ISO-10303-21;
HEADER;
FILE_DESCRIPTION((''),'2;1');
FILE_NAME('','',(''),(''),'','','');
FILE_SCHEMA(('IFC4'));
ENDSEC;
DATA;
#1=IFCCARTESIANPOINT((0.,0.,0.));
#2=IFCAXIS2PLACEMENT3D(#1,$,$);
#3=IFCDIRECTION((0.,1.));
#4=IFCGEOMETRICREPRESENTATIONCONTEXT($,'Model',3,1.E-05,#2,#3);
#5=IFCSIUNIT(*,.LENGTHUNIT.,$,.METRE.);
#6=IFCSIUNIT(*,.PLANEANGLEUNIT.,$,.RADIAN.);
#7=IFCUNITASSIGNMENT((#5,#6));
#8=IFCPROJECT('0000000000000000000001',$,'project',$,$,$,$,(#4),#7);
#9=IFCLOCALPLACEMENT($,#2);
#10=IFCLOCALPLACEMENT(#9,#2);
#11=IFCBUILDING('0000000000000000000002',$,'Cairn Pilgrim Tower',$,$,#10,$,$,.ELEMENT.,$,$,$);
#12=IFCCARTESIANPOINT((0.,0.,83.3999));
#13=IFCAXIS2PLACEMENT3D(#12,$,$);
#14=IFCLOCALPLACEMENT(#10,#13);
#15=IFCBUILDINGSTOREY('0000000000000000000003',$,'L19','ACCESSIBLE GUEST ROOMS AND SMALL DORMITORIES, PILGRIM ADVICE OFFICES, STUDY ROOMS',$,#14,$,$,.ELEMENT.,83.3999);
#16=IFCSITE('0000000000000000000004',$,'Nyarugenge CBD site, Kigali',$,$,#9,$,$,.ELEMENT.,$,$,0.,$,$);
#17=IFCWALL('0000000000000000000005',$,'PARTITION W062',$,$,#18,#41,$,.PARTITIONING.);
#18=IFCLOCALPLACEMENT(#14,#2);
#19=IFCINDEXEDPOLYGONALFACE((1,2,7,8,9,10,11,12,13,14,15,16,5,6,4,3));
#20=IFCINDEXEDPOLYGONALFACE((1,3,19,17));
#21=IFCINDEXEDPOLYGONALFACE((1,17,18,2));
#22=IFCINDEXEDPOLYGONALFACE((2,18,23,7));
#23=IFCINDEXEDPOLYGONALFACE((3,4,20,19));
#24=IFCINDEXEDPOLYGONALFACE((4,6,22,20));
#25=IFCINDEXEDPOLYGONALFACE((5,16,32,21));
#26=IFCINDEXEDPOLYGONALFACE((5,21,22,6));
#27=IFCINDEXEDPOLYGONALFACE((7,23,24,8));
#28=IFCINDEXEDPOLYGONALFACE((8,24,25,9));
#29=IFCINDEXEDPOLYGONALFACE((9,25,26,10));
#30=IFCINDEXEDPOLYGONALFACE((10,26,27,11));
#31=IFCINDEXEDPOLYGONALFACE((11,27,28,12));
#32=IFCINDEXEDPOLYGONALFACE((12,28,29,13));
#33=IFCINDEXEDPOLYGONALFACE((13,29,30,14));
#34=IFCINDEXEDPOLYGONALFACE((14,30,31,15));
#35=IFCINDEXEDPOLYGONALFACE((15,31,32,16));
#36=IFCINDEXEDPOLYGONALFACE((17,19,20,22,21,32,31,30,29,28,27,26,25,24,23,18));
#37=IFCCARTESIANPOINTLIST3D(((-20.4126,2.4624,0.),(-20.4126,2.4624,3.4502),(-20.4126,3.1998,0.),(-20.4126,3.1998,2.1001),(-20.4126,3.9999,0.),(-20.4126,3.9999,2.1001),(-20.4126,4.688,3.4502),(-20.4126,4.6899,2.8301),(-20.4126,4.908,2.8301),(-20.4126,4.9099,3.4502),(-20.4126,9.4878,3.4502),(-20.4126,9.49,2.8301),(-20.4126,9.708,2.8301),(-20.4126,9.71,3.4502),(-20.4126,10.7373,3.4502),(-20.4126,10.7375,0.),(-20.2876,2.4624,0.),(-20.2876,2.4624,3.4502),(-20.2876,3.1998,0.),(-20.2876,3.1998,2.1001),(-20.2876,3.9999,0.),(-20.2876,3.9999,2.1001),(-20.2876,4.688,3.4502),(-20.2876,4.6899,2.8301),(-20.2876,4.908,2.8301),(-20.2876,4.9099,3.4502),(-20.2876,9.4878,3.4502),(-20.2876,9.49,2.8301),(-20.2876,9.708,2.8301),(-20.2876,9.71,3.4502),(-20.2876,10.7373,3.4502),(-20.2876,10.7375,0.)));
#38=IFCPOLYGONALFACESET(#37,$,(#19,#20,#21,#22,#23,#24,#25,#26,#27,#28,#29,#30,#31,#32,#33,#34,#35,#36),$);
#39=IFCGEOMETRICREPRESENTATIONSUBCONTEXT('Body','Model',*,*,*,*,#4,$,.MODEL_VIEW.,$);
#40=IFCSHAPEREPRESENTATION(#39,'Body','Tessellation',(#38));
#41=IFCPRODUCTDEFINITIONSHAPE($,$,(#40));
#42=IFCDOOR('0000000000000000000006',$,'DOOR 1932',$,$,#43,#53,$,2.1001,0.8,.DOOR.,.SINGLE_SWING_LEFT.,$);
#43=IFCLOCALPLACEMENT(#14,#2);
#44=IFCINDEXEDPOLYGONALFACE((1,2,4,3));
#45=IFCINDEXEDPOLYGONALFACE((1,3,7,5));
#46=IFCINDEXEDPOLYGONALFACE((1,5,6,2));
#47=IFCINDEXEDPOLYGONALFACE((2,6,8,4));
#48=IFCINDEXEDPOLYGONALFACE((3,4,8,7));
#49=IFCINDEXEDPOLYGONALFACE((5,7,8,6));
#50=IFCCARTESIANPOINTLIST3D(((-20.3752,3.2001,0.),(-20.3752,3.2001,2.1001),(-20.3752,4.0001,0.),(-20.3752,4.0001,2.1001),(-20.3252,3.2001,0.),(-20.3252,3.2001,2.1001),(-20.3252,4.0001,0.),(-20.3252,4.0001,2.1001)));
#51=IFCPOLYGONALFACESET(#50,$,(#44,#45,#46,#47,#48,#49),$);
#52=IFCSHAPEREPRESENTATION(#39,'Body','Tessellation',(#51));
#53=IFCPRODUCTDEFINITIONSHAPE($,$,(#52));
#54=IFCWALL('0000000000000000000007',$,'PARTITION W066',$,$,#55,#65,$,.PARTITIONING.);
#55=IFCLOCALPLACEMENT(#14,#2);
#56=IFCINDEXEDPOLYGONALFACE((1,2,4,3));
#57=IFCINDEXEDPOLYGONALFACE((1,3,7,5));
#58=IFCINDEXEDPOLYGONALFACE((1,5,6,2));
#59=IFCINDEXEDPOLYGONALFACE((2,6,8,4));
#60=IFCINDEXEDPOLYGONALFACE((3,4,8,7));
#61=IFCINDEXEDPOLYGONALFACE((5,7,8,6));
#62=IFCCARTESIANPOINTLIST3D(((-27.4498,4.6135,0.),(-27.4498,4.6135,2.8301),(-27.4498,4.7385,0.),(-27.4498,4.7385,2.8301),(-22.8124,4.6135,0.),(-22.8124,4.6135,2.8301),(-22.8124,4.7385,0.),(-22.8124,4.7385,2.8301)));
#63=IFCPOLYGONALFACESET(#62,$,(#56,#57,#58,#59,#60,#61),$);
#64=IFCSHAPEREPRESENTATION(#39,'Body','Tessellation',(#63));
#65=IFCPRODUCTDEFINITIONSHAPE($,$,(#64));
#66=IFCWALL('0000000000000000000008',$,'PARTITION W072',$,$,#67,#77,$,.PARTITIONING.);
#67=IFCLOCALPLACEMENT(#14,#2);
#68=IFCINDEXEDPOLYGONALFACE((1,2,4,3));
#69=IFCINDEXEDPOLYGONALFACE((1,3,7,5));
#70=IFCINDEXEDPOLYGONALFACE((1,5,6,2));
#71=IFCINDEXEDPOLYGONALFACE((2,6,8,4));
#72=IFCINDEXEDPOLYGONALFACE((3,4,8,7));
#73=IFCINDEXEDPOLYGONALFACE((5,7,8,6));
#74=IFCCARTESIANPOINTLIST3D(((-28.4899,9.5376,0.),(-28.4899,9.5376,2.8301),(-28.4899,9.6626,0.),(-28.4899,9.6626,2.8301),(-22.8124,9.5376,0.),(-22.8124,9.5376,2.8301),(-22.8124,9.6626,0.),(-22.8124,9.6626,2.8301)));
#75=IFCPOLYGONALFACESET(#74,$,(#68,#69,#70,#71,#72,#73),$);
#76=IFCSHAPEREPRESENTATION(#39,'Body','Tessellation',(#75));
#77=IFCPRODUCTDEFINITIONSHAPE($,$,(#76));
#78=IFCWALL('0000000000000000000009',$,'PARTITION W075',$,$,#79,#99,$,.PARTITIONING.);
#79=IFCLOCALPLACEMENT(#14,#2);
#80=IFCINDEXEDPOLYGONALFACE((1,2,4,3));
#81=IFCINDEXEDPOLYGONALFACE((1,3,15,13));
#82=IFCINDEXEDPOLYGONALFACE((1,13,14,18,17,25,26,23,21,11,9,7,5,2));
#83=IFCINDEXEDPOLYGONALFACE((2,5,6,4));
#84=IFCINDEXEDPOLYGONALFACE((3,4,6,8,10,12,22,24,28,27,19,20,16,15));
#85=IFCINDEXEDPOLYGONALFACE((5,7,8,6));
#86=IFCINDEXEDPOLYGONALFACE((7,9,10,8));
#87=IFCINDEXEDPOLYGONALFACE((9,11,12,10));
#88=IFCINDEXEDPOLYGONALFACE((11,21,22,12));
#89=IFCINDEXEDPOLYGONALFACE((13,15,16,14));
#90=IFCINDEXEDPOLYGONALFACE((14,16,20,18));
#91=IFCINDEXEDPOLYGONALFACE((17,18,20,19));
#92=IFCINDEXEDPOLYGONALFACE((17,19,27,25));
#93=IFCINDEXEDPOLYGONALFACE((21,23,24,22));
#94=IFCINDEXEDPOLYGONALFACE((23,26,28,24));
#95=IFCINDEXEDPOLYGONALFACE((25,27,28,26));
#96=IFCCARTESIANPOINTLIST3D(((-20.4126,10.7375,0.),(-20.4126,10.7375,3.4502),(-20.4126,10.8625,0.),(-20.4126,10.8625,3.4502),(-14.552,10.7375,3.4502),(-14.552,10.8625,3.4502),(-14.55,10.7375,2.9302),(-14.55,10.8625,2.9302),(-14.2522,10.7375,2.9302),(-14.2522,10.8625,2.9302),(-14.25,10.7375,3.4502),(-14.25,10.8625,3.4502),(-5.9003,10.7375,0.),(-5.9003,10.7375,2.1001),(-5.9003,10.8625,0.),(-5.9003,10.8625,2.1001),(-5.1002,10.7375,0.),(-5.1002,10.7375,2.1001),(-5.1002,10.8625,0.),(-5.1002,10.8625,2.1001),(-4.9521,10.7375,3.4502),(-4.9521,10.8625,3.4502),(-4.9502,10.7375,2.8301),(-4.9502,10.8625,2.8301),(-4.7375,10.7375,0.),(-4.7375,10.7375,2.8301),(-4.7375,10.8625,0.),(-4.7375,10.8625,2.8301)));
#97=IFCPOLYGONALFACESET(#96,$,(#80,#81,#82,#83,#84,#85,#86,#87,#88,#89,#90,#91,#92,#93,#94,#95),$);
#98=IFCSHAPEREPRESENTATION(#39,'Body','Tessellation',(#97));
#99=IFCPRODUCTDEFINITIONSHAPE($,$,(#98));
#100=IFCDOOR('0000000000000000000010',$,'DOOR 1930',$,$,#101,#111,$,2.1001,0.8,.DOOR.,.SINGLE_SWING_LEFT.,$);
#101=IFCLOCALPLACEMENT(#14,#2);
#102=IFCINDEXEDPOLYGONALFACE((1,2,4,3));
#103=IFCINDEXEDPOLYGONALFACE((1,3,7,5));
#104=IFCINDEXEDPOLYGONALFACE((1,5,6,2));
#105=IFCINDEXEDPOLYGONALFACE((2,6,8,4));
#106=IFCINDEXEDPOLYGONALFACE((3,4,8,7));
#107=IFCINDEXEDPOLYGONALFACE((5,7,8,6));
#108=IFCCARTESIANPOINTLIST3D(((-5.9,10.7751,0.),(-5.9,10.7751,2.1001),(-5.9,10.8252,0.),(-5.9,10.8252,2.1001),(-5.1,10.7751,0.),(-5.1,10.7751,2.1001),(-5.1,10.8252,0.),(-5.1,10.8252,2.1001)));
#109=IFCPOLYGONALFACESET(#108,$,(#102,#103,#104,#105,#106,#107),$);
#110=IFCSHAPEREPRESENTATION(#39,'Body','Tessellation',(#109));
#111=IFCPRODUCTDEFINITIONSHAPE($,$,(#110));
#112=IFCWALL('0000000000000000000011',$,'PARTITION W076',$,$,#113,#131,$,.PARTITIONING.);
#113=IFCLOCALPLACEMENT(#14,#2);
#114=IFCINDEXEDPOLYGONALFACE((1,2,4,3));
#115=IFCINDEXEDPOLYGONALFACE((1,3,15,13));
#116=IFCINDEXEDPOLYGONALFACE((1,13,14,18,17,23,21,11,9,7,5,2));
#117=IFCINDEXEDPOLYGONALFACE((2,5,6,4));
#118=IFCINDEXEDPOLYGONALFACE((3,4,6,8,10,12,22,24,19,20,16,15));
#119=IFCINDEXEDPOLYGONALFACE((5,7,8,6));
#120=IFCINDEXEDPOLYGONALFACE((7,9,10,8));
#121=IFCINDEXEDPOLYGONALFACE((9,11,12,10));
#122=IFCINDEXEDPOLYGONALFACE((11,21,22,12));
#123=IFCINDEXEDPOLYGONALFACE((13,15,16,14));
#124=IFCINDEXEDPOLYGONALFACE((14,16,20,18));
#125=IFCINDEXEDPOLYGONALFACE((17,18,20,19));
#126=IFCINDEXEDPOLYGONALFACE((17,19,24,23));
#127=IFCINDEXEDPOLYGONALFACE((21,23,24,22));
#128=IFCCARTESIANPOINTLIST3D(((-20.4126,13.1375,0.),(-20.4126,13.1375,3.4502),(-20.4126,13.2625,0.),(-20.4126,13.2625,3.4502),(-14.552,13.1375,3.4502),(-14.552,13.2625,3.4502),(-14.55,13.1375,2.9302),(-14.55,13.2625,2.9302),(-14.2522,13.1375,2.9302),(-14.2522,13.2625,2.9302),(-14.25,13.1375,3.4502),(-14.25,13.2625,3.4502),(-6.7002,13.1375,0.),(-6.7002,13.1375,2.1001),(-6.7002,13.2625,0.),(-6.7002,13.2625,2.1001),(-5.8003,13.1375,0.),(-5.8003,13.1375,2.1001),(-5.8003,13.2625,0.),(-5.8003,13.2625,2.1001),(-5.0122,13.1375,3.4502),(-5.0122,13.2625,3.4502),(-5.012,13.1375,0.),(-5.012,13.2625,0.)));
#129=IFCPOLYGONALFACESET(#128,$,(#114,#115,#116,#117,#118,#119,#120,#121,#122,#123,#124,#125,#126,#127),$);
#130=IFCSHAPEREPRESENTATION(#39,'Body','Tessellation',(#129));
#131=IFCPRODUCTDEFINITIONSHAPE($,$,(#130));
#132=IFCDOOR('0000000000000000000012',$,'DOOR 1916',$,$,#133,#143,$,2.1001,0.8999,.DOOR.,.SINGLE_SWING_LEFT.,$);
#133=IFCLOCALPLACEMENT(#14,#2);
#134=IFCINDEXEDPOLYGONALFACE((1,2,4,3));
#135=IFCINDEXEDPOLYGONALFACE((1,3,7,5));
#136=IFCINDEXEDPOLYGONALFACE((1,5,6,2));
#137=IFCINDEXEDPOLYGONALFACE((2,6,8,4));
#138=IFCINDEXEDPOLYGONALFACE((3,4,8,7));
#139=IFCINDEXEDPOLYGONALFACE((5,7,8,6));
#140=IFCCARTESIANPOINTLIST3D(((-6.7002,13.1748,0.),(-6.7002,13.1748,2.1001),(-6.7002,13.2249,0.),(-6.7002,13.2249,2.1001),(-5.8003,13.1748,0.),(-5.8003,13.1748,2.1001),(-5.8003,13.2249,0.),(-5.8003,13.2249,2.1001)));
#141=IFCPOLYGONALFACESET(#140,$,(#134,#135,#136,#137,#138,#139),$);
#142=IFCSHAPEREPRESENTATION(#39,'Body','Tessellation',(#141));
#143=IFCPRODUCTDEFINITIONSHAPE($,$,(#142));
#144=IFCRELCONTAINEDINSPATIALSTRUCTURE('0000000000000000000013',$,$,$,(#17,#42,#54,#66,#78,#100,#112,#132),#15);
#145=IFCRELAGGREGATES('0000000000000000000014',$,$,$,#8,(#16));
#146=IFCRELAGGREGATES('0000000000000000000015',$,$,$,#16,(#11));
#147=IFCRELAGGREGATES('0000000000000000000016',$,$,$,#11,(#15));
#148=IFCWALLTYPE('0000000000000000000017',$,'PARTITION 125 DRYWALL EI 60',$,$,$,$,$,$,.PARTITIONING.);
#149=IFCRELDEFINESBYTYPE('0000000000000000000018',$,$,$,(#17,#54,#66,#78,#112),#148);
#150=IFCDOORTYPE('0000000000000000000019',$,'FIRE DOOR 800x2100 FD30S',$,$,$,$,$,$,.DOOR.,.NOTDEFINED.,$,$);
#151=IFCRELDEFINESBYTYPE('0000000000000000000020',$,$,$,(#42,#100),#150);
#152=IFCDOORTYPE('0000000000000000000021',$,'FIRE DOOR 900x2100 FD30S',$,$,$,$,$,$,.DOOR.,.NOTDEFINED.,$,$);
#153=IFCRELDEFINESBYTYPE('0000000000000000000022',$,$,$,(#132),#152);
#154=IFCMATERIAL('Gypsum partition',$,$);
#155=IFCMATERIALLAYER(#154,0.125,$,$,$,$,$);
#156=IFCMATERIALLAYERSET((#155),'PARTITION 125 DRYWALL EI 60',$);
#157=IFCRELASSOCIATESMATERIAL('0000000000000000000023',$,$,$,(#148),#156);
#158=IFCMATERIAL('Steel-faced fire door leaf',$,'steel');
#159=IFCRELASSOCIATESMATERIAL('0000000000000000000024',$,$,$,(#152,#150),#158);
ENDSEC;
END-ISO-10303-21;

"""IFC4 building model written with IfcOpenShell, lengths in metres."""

from ifc_helpers import new_model, si_unit, direction, frame, frame_2d, origin, place, context, subcontext, project, spatial, polyline, rectangle, outline, extrude, material, layer, layer_set, type_object, element, fill, save


model = new_model("IFC4")

# Units and contexts
model_context = context("Model", 3, precision=1e-05, world=origin(), true_north=direction((0.0, 1.0)))
body_context = subcontext(model_context, "Body", "Model", "MODEL_VIEW")
ifc_project = project(units=[si_unit("LENGTHUNIT", "METRE"), si_unit("PLANEANGLEUNIT", "RADIAN")], contexts=[model_context])

# Site, building, storey
site_placement = place(None, origin())
site = spatial("IfcSite", under=ifc_project, at=site_placement, Name="Nyarugenge CBD site, Kigali", CompositionType="ELEMENT", RefElevation=0.0)
building_placement = place(site_placement, origin())
building = spatial("IfcBuilding", under=site, at=building_placement, Name="Cairn Pilgrim Tower", CompositionType="ELEMENT")
storey_placement = place(building_placement, frame((0.0, 0.0, 83.3999)))
storey = spatial("IfcBuildingStorey", under=building, at=storey_placement, Name="L19", Description="ACCESSIBLE GUEST ROOMS AND SMALL DORMITORIES, PILGRIM ADVICE OFFICES, STUDY ROOMS", CompositionType="ELEMENT", Elevation=83.3999)

# Shared definitions
ifc_material_1 = material(Name="Gypsum partition")
ifc_layer_1 = layer(ifc_material_1, 0.125)
ifc_layer_set_1 = layer_set([ifc_layer_1], Name="PARTITION 125 DRYWALL EI 60")
wall_type_1 = type_object("IfcWallType", Name="PARTITION 125 DRYWALL EI 60", PredefinedType="PARTITIONING", material=ifc_layer_set_1)

# Wall, opening, door
ifc_material_2 = material(Name="Steel-faced fire door leaf", Category="steel")
door_type_1 = type_object("IfcDoorType", Name="FIRE DOOR 900x2100 FD30S", OperationType="NOTDEFINED", PredefinedType="DOOR", material=ifc_material_2)
wall_1_placement = place(storey_placement, frame((-20.3501, 2.4624, 0.0), z_axis=(0.0, 0.0, 1.0), x_axis=(0.0, 1.0, 0.0)))
wall_1 = element("IfcWall", 1, at=wall_1_placement, inside=storey, type_object=wall_type_1, Name="PARTITION W062", PredefinedType="PARTITIONING", context=body_context, shape_type="SweptSolid", body=[
    extrude(outline(polyline([(0.0, 0.0), (8.2751, 0.0), (8.2749, 3.4502), (7.2476, 3.4502), (7.2456, 2.8301), (7.0276, 2.8301), (7.0254, 3.4502), (2.4475, 3.4502), (2.4456, 2.8301), (2.2275, 2.8301), (2.2256, 3.4502), (0.0, 3.4502), (0.0, 0.0)])), frame((0.0, 0.0625, 0.0), z_axis=(0.0, -1.0, 0.0), x_axis=(1.0, 0.0, 0.0)), (0.0, 0.0, 1.0), 0.125),
])
opening_1_placement = place(wall_1_placement, frame((0.7375, 0.0, 0.0)))
opening_1 = element("IfcOpeningElement", 2, at=opening_1_placement, cuts=wall_1, PredefinedType="OPENING", context=body_context, shape_type="SweptSolid", body=[
    extrude(rectangle(XDim=0.8, YDim=2.1001, at=frame_2d((0.3999, 1.05))), frame((0.0, 0.0725, 0.0), z_axis=(0.0, -1.0, 0.0), x_axis=(1.0, 0.0, 0.0)), (0.0, 0.0, 1.0), 0.145),
])
door_type_2 = type_object("IfcDoorType", Name="FIRE DOOR 800x2100 FD30S", OperationType="NOTDEFINED", PredefinedType="DOOR", material=ifc_material_2)
door_1_placement = place(opening_1_placement, frame((0.8, 0.0, 0.0), z_axis=(0.0, 0.0, 1.0), x_axis=(-1.0, 0.0, 0.0)))
door_1 = element("IfcDoor", 3, at=door_1_placement, inside=storey, type_object=door_type_2, Name="DOOR 1932", OperationType="SINGLE_SWING_LEFT", OverallHeight=2.1001, OverallWidth=0.8, PredefinedType="DOOR", context=body_context, shape_type="SweptSolid", body=[
    extrude(rectangle(XDim=0.8, YDim=2.1001, at=frame_2d((0.3999, 1.05))), frame((0.0, 0.0249, 0.0), z_axis=(0.0, -1.0, 0.0), x_axis=(1.0, 0.0, 0.0)), (0.0, 0.0, 1.0), 0.05),
])
fill(opening_1, door_1)

# Walls
wall_2_placement = place(storey_placement, frame((-27.45, 4.676, 0.0), z_axis=(0.0, 0.0, 1.0), x_axis=(1.0, 0.0, 0.0)))
element("IfcWall", 4, at=wall_2_placement, inside=storey, type_object=wall_type_1, Name="PARTITION W066", PredefinedType="PARTITIONING", context=body_context, shape_type="SweptSolid", body=[
    extrude(rectangle(XDim=4.6375, YDim=0.125, at=frame_2d((2.3188, 0.0))), origin(), (0.0, 0.0, 1.0), 2.8301),
])
wall_3_placement = place(storey_placement, frame((-28.49, 9.6001, 0.0), z_axis=(0.0, 0.0, 1.0), x_axis=(1.0, 0.0, 0.0)))
element("IfcWall", 5, at=wall_3_placement, inside=storey, type_object=wall_type_1, Name="PARTITION W072", PredefinedType="PARTITIONING", context=body_context, shape_type="SweptSolid", body=[
    extrude(rectangle(XDim=5.6775, YDim=0.125, at=frame_2d((2.8389, 0.0))), origin(), (0.0, 0.0, 1.0), 2.8301),
])

# Walls, openings, doors
wall_4_placement = place(storey_placement, frame((-20.4126, 10.8, 0.0), z_axis=(0.0, 0.0, 1.0), x_axis=(1.0, 0.0, 0.0)))
wall_4 = element("IfcWall", 6, at=wall_4_placement, inside=storey, type_object=wall_type_1, Name="PARTITION W075", PredefinedType="PARTITIONING", context=body_context, shape_type="SweptSolid", body=[
    extrude(outline(polyline([(0.0, 0.0), (15.675, 0.0), (15.675, 2.8301), (15.4624, 2.8301), (15.4604, 3.4502), (6.1626, 3.4502), (6.1604, 2.9302), (5.8625, 2.9302), (5.8606, 3.4502), (0.0, 3.4502), (0.0, 0.0)])), frame((0.0, 0.0625, 0.0), z_axis=(0.0, -1.0, 0.0), x_axis=(1.0, 0.0, 0.0)), (0.0, 0.0, 1.0), 0.125),
])
opening_2_placement = place(wall_4_placement, frame((14.5125, 0.0, 0.0)))
opening_2 = element("IfcOpeningElement", 7, at=opening_2_placement, cuts=wall_4, PredefinedType="OPENING", context=body_context, shape_type="SweptSolid", body=[
    extrude(rectangle(XDim=0.8, YDim=2.1001, at=frame_2d((0.3999, 1.05))), frame((0.0, 0.0725, 0.0), z_axis=(0.0, -1.0, 0.0), x_axis=(1.0, 0.0, 0.0)), (0.0, 0.0, 1.0), 0.145),
])
door_2_placement = place(opening_2_placement, frame((0.8, 0.0, 0.0), z_axis=(0.0, 0.0, 1.0), x_axis=(-1.0, 0.0, 0.0)))
door_2 = element("IfcDoor", 8, at=door_2_placement, inside=storey, type_object=door_type_2, Name="DOOR 1930", OperationType="SINGLE_SWING_LEFT", OverallHeight=2.1001, OverallWidth=0.8, PredefinedType="DOOR", context=body_context, shape_type="SweptSolid", body=[
    extrude(rectangle(XDim=0.8, YDim=2.1001, at=frame_2d((0.3999, 1.05))), frame((0.0, 0.0249, 0.0), z_axis=(0.0, -1.0, 0.0), x_axis=(1.0, 0.0, 0.0)), (0.0, 0.0, 1.0), 0.05),
])
fill(opening_2, door_2)
wall_5_placement = place(storey_placement, frame((-20.4126, 13.2, 0.0), z_axis=(0.0, 0.0, 1.0), x_axis=(1.0, 0.0, 0.0)))
wall_5 = element("IfcWall", 9, at=wall_5_placement, inside=storey, type_object=wall_type_1, Name="PARTITION W076", PredefinedType="PARTITIONING", context=body_context, shape_type="SweptSolid", body=[
    extrude(outline(polyline([(0.0, 0.0), (15.4006, 0.0), (15.4004, 3.4502), (6.1626, 3.4502), (6.1604, 2.9302), (5.8625, 2.9302), (5.8606, 3.4502), (0.0, 3.4502), (0.0, 0.0)])), frame((0.0, 0.0625, 0.0), z_axis=(0.0, -1.0, 0.0), x_axis=(1.0, 0.0, 0.0)), (0.0, 0.0, 1.0), 0.125),
])
opening_3_placement = place(wall_5_placement, frame((13.7124, 0.0, 0.0)))
opening_3 = element("IfcOpeningElement", 10, at=opening_3_placement, cuts=wall_5, PredefinedType="OPENING", context=body_context, shape_type="SweptSolid", body=[
    extrude(rectangle(XDim=0.8999, YDim=2.1001, at=frame_2d((0.45, 1.05))), frame((0.0, 0.0725, 0.0), z_axis=(0.0, -1.0, 0.0), x_axis=(1.0, 0.0, 0.0)), (0.0, 0.0, 1.0), 0.145),
])
door_3_placement = place(opening_3_placement, origin())
door_3 = element("IfcDoor", 11, at=door_3_placement, inside=storey, type_object=door_type_1, Name="DOOR 1916", OperationType="SINGLE_SWING_LEFT", OverallHeight=2.1001, OverallWidth=0.8999, PredefinedType="DOOR", context=body_context, shape_type="SweptSolid", body=[
    extrude(rectangle(XDim=0.8999, YDim=2.1001, at=frame_2d((0.45, 1.05))), frame((0.0, 0.0249, 0.0), z_axis=(0.0, -1.0, 0.0), x_axis=(1.0, 0.0, 0.0)), (0.0, 0.0, 1.0), 0.05),
])
fill(opening_3, door_3)

save(model, "model.ifc")
